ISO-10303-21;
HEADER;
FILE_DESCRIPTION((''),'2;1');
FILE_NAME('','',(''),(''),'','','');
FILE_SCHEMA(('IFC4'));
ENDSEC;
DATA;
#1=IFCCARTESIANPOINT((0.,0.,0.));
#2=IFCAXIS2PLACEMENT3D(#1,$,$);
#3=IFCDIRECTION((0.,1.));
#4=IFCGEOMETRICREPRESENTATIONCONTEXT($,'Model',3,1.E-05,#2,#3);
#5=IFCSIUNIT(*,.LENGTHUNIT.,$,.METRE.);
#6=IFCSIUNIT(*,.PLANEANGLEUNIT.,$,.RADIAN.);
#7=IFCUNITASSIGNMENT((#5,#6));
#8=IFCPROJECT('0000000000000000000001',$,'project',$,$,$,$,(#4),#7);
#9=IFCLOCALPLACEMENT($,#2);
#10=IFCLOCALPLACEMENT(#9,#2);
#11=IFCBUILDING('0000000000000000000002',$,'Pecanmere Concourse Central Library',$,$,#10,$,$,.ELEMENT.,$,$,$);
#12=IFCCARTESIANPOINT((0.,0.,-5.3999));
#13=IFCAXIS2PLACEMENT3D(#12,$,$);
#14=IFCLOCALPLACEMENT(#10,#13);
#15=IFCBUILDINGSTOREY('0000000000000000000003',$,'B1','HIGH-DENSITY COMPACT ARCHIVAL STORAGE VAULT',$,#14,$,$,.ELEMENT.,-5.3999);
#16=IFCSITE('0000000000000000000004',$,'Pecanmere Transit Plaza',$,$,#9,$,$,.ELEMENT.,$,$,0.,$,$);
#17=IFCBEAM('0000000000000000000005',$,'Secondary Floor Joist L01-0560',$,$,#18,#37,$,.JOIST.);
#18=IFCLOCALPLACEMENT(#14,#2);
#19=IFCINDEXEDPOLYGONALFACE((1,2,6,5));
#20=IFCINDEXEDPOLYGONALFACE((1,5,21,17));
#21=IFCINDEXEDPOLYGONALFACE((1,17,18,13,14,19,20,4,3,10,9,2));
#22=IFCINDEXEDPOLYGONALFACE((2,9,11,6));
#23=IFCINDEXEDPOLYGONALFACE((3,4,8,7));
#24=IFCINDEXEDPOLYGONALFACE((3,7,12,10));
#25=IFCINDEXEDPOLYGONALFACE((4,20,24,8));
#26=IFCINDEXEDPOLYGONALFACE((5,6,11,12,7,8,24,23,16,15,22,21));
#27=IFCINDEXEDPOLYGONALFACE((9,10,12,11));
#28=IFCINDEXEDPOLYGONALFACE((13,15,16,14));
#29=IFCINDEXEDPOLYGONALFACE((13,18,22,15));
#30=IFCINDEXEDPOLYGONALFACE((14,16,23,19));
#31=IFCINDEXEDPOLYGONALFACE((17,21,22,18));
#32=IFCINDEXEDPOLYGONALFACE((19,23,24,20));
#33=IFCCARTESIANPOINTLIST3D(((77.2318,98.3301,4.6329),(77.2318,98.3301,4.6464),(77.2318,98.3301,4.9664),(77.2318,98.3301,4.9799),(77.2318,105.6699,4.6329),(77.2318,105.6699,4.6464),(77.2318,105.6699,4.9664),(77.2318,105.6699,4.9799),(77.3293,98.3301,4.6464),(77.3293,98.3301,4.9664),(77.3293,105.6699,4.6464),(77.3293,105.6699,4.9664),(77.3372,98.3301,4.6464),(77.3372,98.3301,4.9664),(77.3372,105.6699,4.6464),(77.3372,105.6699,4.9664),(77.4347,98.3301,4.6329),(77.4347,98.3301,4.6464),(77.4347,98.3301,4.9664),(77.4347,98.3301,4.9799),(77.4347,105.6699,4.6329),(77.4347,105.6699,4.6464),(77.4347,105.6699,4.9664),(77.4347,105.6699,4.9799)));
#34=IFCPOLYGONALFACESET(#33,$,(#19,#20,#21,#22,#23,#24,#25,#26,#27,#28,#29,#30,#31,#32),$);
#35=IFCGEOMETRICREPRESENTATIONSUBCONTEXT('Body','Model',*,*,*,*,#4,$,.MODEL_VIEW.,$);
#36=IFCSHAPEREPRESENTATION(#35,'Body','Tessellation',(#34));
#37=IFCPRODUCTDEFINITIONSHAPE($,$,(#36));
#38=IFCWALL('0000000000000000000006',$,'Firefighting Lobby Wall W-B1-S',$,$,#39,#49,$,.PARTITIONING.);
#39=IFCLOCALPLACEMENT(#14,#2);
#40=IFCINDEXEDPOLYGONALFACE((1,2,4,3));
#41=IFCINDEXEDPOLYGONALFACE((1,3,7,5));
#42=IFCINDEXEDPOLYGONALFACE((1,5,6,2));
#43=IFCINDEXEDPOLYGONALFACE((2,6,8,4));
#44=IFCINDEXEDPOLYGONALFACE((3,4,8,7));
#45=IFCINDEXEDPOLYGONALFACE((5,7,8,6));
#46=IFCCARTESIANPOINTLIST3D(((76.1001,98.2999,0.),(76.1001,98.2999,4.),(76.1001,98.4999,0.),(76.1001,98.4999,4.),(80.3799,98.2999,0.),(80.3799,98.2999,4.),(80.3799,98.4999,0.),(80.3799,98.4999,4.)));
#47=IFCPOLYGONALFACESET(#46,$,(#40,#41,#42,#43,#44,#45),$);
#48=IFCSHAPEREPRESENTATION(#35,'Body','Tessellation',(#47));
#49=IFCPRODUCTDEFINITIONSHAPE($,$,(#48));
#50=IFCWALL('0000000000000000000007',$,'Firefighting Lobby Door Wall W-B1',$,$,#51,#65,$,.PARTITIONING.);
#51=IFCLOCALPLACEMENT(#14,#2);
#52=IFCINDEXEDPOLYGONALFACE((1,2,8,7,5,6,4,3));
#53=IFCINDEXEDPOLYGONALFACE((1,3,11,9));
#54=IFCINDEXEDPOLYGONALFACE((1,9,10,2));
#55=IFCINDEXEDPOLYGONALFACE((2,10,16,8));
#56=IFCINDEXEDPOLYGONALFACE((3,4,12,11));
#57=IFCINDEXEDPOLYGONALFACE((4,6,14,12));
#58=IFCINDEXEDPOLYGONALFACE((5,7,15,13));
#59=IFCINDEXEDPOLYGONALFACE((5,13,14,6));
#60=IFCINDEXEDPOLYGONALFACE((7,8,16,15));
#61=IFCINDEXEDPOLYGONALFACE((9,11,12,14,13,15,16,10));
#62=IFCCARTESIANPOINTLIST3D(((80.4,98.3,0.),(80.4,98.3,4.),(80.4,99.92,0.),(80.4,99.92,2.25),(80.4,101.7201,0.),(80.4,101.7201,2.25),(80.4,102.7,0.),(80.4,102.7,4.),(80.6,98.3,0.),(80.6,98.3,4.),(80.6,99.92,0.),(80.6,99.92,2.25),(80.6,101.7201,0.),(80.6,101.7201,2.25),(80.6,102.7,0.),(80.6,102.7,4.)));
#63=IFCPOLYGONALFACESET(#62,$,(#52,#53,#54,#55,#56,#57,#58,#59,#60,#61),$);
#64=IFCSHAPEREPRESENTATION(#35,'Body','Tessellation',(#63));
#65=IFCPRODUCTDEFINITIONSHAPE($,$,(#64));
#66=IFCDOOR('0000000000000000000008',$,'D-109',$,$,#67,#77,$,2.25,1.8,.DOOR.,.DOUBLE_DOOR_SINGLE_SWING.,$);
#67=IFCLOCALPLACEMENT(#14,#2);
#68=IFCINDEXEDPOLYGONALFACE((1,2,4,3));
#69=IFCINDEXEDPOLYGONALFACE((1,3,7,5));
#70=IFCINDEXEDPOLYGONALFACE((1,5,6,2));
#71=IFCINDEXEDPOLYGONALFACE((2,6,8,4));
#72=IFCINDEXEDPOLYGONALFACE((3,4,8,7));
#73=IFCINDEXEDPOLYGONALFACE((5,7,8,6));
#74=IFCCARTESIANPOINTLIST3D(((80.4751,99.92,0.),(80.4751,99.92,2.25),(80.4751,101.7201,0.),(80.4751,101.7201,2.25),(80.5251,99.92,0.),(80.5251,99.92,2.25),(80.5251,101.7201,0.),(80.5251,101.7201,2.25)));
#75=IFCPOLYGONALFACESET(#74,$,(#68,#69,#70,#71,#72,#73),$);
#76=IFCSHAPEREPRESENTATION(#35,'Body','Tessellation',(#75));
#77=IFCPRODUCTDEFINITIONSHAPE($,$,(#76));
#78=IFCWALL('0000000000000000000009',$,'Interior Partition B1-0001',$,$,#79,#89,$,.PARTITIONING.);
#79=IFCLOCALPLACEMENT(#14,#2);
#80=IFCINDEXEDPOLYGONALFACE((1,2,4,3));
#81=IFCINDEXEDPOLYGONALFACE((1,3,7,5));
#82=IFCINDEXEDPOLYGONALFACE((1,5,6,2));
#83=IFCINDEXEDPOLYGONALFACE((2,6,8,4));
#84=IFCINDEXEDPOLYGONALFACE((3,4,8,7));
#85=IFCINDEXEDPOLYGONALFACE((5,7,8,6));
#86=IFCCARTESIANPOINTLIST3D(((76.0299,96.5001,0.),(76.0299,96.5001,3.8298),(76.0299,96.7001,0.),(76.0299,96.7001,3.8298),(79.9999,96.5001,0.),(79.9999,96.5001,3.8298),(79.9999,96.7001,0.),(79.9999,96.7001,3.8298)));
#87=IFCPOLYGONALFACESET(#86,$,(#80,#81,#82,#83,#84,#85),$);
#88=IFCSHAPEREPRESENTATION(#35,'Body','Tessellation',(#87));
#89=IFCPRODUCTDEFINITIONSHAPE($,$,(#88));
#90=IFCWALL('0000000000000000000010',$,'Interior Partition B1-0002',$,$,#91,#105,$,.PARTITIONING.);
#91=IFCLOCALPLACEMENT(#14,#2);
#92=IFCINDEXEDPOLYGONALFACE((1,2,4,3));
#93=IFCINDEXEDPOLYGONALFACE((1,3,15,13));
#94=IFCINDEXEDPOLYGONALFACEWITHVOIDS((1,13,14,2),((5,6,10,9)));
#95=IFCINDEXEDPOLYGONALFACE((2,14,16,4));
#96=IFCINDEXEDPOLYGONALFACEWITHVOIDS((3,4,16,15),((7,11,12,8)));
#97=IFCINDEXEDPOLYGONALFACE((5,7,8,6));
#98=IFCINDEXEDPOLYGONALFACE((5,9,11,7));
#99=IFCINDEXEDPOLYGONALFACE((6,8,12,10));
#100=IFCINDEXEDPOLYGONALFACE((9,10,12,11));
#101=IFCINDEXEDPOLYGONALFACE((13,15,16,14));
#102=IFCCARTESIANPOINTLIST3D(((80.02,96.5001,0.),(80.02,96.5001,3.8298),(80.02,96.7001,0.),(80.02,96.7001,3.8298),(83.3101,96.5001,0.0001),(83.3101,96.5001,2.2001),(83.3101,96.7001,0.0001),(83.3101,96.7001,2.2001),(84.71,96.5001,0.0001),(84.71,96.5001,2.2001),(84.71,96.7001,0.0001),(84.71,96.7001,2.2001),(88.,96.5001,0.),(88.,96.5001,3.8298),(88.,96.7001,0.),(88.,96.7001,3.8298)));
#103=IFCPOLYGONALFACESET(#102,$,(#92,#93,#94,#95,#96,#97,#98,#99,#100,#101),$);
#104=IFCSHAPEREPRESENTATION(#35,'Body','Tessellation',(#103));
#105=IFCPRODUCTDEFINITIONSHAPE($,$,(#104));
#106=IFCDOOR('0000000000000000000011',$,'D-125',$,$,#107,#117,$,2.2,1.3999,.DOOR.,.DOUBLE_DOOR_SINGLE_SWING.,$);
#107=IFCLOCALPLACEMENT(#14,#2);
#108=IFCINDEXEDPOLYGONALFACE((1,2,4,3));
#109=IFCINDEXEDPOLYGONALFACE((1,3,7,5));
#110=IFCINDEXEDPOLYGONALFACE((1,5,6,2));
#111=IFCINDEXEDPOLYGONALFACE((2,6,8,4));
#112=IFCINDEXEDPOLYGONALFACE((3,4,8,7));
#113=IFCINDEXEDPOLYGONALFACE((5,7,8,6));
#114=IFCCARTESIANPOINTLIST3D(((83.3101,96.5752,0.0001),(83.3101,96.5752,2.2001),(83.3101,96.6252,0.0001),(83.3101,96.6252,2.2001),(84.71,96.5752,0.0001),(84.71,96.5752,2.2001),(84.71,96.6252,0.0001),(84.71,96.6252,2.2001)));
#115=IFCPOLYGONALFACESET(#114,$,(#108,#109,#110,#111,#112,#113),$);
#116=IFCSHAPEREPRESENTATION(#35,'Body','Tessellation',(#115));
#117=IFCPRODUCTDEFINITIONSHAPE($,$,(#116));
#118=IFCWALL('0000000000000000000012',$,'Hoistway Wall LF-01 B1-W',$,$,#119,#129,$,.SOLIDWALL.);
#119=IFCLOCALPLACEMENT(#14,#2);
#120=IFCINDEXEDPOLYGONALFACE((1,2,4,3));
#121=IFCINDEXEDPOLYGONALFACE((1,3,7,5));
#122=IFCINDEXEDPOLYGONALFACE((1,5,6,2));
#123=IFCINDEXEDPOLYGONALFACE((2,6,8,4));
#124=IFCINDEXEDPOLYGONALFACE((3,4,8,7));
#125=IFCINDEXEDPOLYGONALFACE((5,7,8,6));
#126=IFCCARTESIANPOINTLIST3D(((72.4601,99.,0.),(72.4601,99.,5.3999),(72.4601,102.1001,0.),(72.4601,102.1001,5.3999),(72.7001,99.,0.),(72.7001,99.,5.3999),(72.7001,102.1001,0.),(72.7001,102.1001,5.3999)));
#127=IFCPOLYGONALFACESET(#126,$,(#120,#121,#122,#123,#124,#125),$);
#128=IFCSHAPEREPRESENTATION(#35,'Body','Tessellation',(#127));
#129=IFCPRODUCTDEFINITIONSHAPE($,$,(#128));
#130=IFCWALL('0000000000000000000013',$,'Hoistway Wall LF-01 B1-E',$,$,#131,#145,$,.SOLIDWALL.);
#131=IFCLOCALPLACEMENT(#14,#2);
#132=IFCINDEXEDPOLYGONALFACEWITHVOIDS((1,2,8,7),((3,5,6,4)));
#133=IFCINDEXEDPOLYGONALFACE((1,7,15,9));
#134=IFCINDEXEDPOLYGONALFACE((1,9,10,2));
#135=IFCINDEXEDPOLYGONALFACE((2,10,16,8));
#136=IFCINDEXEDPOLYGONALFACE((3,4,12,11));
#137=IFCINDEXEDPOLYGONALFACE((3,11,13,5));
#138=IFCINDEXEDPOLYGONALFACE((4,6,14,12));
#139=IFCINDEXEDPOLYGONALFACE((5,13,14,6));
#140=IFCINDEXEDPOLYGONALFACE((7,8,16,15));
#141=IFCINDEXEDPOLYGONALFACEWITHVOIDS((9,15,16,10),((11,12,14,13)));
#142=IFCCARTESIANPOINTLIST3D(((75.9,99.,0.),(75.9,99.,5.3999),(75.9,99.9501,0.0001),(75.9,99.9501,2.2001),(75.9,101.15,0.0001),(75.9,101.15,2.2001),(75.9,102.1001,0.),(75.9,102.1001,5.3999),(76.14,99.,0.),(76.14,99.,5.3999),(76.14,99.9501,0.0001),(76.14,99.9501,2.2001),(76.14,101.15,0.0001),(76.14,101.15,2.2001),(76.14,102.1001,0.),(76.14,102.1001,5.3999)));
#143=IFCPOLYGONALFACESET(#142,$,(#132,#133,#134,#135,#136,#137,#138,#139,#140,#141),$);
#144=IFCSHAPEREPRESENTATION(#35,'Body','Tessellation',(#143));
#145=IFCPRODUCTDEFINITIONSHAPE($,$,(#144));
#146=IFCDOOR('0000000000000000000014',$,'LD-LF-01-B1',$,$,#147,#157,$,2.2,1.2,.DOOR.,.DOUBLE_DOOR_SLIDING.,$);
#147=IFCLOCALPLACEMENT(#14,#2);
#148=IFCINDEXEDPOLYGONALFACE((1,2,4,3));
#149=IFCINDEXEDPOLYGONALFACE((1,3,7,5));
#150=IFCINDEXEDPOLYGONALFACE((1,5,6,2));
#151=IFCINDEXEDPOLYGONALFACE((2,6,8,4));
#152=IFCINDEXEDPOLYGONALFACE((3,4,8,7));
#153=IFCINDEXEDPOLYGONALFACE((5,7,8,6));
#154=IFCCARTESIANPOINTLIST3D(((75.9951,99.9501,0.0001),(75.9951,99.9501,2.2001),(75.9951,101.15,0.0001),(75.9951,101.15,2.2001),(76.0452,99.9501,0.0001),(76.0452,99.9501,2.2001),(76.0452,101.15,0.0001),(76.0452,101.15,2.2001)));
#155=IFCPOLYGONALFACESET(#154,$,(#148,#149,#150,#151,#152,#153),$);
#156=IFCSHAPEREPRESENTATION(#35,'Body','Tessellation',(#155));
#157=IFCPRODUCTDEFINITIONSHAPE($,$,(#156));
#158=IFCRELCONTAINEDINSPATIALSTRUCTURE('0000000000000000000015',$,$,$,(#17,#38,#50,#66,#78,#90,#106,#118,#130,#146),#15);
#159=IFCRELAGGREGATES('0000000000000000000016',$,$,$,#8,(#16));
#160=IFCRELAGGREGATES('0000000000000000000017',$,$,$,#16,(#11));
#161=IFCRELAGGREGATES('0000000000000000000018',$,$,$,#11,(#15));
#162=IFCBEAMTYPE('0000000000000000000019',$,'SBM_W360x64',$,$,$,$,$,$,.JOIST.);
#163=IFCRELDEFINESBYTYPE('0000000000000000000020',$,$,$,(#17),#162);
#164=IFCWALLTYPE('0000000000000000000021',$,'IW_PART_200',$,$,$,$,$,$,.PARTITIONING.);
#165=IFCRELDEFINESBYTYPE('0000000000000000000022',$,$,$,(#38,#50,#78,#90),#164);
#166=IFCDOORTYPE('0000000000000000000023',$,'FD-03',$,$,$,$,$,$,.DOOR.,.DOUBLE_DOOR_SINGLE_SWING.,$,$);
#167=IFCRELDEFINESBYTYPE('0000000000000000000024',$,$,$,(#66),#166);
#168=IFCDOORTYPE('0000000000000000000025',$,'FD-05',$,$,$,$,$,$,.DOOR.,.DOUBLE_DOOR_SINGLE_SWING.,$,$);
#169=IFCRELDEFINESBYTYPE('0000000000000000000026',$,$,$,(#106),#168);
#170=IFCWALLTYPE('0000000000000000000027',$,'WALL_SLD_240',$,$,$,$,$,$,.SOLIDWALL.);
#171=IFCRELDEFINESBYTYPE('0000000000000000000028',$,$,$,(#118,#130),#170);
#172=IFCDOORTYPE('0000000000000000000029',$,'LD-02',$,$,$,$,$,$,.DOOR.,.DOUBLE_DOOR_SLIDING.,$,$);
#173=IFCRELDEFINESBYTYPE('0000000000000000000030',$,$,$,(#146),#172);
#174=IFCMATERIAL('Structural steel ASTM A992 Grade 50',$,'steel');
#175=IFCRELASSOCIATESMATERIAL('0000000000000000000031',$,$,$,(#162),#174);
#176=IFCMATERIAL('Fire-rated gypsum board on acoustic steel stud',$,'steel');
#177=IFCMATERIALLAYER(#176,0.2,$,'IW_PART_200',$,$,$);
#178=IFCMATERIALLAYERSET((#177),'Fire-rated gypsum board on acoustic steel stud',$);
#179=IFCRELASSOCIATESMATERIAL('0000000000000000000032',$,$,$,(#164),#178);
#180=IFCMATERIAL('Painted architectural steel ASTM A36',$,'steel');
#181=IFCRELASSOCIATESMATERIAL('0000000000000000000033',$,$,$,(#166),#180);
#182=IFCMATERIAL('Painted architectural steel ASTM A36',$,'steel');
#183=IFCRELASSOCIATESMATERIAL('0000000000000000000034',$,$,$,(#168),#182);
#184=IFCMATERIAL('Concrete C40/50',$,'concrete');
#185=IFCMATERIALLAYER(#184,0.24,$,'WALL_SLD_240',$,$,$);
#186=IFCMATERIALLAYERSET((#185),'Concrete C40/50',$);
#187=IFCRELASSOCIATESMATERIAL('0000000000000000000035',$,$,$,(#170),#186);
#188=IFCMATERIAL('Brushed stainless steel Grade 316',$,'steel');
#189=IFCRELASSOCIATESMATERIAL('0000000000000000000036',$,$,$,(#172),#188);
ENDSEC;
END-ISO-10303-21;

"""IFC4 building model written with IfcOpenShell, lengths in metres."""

from ifc_helpers import new_model, si_unit, direction, frame, frame_2d, origin, origin_2d, place, context, subcontext, project, spatial, rectangle, i_section, extrude, material, layer, layer_set, material_profile, profile_set, type_object, element, fill, save


model = new_model("IFC4")

# Units and contexts
model_context = context("Model", 3, precision=1e-05, world=origin(), true_north=direction((0.0, 1.0)))
body_context = subcontext(model_context, "Body", "Model", "MODEL_VIEW")
ifc_project = project(units=[si_unit("LENGTHUNIT", "METRE"), si_unit("PLANEANGLEUNIT", "RADIAN")], contexts=[model_context])

# Site, building, storey
site_placement = place(None, origin())
site = spatial("IfcSite", under=ifc_project, at=site_placement, Name="Pecanmere Transit Plaza", CompositionType="ELEMENT", RefElevation=0.0)
building_placement = place(site_placement, origin())
building = spatial("IfcBuilding", under=site, at=building_placement, Name="Pecanmere Concourse Central Library", CompositionType="ELEMENT")
storey_placement = place(building_placement, frame((0.0, 0.0, -5.3999)))
storey = spatial("IfcBuildingStorey", under=building, at=storey_placement, Name="B1", Description="HIGH-DENSITY COMPACT ARCHIVAL STORAGE VAULT", CompositionType="ELEMENT", Elevation=-5.3999)

# Beam
ifc_material_1 = material(Name="Structural steel ASTM A992 Grade 50", Category="steel")
ifc_material_profile_1 = material_profile(ifc_material_1, i_section(OverallWidth=0.2029, OverallDepth=0.3469, WebThickness=0.0078, FlangeThickness=0.0134, at=origin_2d()), Name="W360x64")
ifc_profile_set_1 = profile_set([ifc_material_profile_1], Name="Structural steel ASTM A992 Grade 50")
beam_type_1 = type_object("IfcBeamType", Name="SBM_W360x64", PredefinedType="JOIST", material=ifc_profile_set_1)
beam_1_placement = place(storey_placement, frame((77.3333, 98.3301, 4.8064), z_axis=(0.0, 1.0, 0.0), x_axis=(-1.0, 0.0, 0.0)))
element("IfcBeam", 1, at=beam_1_placement, inside=storey, type_object=beam_type_1, Name="Secondary Floor Joist L01-0560", PredefinedType="JOIST", context=body_context, shape_type="SweptSolid", body=[
    extrude(i_section(OverallWidth=0.2029, OverallDepth=0.3469, WebThickness=0.0078, FlangeThickness=0.0134, at=origin_2d()), origin(), (0.0, 0.0, 1.0), 7.3398),
])

# Wall
ifc_material_2 = material(Name="Fire-rated gypsum board on acoustic steel stud", Category="steel")
ifc_layer_1 = layer(ifc_material_2, 0.2, Name="IW_PART_200")
ifc_layer_set_1 = layer_set([ifc_layer_1], Name="Fire-rated gypsum board on acoustic steel stud")
wall_type_1 = type_object("IfcWallType", Name="IW_PART_200", PredefinedType="PARTITIONING", material=ifc_layer_set_1)
wall_1_placement = place(storey_placement, frame((76.1001, 98.3999, 0.0), z_axis=(0.0, 0.0, 1.0), x_axis=(1.0, 0.0, 0.0)))
element("IfcWall", 2, at=wall_1_placement, inside=storey, type_object=wall_type_1, Name="Firefighting Lobby Wall W-B1-S", PredefinedType="PARTITIONING", context=body_context, shape_type="SweptSolid", body=[
    extrude(rectangle(XDim=4.2798, YDim=0.2, at=frame_2d((2.1399, 0.0))), origin(), (0.0, 0.0, 1.0), 4.0),
])

# Wall, opening, door
wall_2_placement = place(storey_placement, frame((80.5, 98.3, 0.0), z_axis=(0.0, 0.0, 1.0), x_axis=(0.0, 1.0, 0.0)))
wall_2 = element("IfcWall", 3, at=wall_2_placement, inside=storey, type_object=wall_type_1, Name="Firefighting Lobby Door Wall W-B1", PredefinedType="PARTITIONING", context=body_context, shape_type="SweptSolid", body=[
    extrude(rectangle(XDim=4.3999, YDim=0.2, at=frame_2d((2.2, 0.0))), origin(), (0.0, 0.0, 1.0), 4.0),
])
opening_1_placement = place(wall_2_placement, frame((1.6201, 0.0, 0.0)))
opening_1 = element("IfcOpeningElement", 4, at=opening_1_placement, cuts=wall_2, PredefinedType="OPENING", context=body_context, shape_type="SweptSolid", body=[
    extrude(rectangle(XDim=1.8, YDim=2.25, at=frame_2d((0.8999, 1.125))), frame((0.0, 0.1118, 0.0), z_axis=(0.0, -1.0, 0.0), x_axis=(1.0, 0.0, 0.0)), (0.0, 0.0, 1.0), 0.2239),
])
ifc_material_3 = material(Name="Painted architectural steel ASTM A36", Category="steel")
door_type_1 = type_object("IfcDoorType", Name="FD-03", OperationType="DOUBLE_DOOR_SINGLE_SWING", PredefinedType="DOOR", material=ifc_material_3)
door_1_placement = place(opening_1_placement, origin())
door_1 = element("IfcDoor", 5, at=door_1_placement, inside=storey, type_object=door_type_1, Name="D-109", OperationType="DOUBLE_DOOR_SINGLE_SWING", OverallHeight=2.25, OverallWidth=1.8, PredefinedType="DOOR", context=body_context, shape_type="SweptSolid", body=[
    extrude(rectangle(XDim=1.8, YDim=2.25, at=frame_2d((0.8999, 1.125))), frame((0.0, 0.0249, 0.0), z_axis=(0.0, -1.0, 0.0), x_axis=(1.0, 0.0, 0.0)), (0.0, 0.0, 1.0), 0.05),
])
fill(opening_1, door_1)

# Wall
wall_3_placement = place(storey_placement, frame((76.03, 96.6001, 0.0), z_axis=(0.0, 0.0, 1.0), x_axis=(1.0, 0.0, 0.0)))
element("IfcWall", 6, at=wall_3_placement, inside=storey, type_object=wall_type_1, Name="Interior Partition B1-0001", PredefinedType="PARTITIONING", context=body_context, shape_type="SweptSolid", body=[
    extrude(rectangle(XDim=3.97, YDim=0.2, at=frame_2d((1.9849, 0.0))), origin(), (0.0, 0.0, 1.0), 3.8298),
])

# Wall, opening, door
wall_4_placement = place(storey_placement, frame((80.02, 96.6001, 0.0), z_axis=(0.0, 0.0, 1.0), x_axis=(1.0, 0.0, 0.0)))
wall_4 = element("IfcWall", 7, at=wall_4_placement, inside=storey, type_object=wall_type_1, Name="Interior Partition B1-0002", PredefinedType="PARTITIONING", context=body_context, shape_type="SweptSolid", body=[
    extrude(rectangle(XDim=7.98, YDim=0.2, at=frame_2d((3.99, 0.0))), origin(), (0.0, 0.0, 1.0), 3.8298),
])
opening_2_placement = place(wall_4_placement, frame((3.29, 0.0, 0.0)))
opening_2 = element("IfcOpeningElement", 8, at=opening_2_placement, cuts=wall_4, PredefinedType="OPENING", context=body_context, shape_type="SweptSolid", body=[
    extrude(rectangle(XDim=1.3999, YDim=2.2, at=frame_2d((0.7, 1.1001))), frame((0.0, 0.1118, 0.0), z_axis=(0.0, -1.0, 0.0), x_axis=(1.0, 0.0, 0.0)), (0.0, 0.0, 1.0), 0.2239),
])
ifc_material_4 = material(Name="Painted architectural steel ASTM A36", Category="steel")
door_type_2 = type_object("IfcDoorType", Name="FD-05", OperationType="DOUBLE_DOOR_SINGLE_SWING", PredefinedType="DOOR", material=ifc_material_4)
door_2_placement = place(opening_2_placement, frame((1.3999, 0.0, 0.0), z_axis=(0.0, 0.0, 1.0), x_axis=(-1.0, 0.0, 0.0)))
door_2 = element("IfcDoor", 9, at=door_2_placement, inside=storey, type_object=door_type_2, Name="D-125", OperationType="DOUBLE_DOOR_SINGLE_SWING", OverallHeight=2.2, OverallWidth=1.3999, PredefinedType="DOOR", context=body_context, shape_type="SweptSolid", body=[
    extrude(rectangle(XDim=1.3999, YDim=2.2, at=frame_2d((0.7, 1.1001))), frame((0.0, 0.0249, 0.0), z_axis=(0.0, -1.0, 0.0), x_axis=(1.0, 0.0, 0.0)), (0.0, 0.0, 1.0), 0.05),
])
fill(opening_2, door_2)

# Wall
ifc_material_5 = material(Name="Concrete C40/50", Category="concrete")
ifc_layer_2 = layer(ifc_material_5, 0.24, Name="WALL_SLD_240")
ifc_layer_set_2 = layer_set([ifc_layer_2], Name="Concrete C40/50")
wall_type_2 = type_object("IfcWallType", Name="WALL_SLD_240", PredefinedType="SOLIDWALL", material=ifc_layer_set_2)
wall_5_placement = place(storey_placement, frame((72.5801, 99.0, 0.0), z_axis=(0.0, 0.0, 1.0), x_axis=(0.0, 1.0, 0.0)))
element("IfcWall", 10, at=wall_5_placement, inside=storey, type_object=wall_type_2, Name="Hoistway Wall LF-01 B1-W", PredefinedType="SOLIDWALL", context=body_context, shape_type="SweptSolid", body=[
    extrude(rectangle(XDim=3.1001, YDim=0.24, at=frame_2d((1.55, 0.0))), origin(), (0.0, 0.0, 1.0), 5.3999),
])

# Wall, opening, door
wall_6_placement = place(storey_placement, frame((76.02, 99.0, 0.0), z_axis=(0.0, 0.0, 1.0), x_axis=(0.0, 1.0, 0.0)))
wall_6 = element("IfcWall", 11, at=wall_6_placement, inside=storey, type_object=wall_type_2, Name="Hoistway Wall LF-01 B1-E", PredefinedType="SOLIDWALL", context=body_context, shape_type="SweptSolid", body=[
    extrude(rectangle(XDim=3.1001, YDim=0.24, at=frame_2d((1.55, 0.0))), origin(), (0.0, 0.0, 1.0), 5.3999),
])
opening_3_placement = place(wall_6_placement, frame((0.95, 0.0, 0.0)))
opening_3 = element("IfcOpeningElement", 12, at=opening_3_placement, cuts=wall_6, PredefinedType="OPENING", context=body_context, shape_type="SweptSolid", body=[
    extrude(rectangle(XDim=1.2, YDim=2.2, at=frame_2d((0.6001, 1.1001))), frame((0.0, 0.1318, 0.0), z_axis=(0.0, -1.0, 0.0), x_axis=(1.0, 0.0, 0.0)), (0.0, 0.0, 1.0), 0.2639),
])
ifc_material_6 = material(Name="Brushed stainless steel Grade 316", Category="steel")
door_type_3 = type_object("IfcDoorType", Name="LD-02", OperationType="DOUBLE_DOOR_SLIDING", PredefinedType="DOOR", material=ifc_material_6)
door_3_placement = place(opening_3_placement, origin())
door_3 = element("IfcDoor", 13, at=door_3_placement, inside=storey, type_object=door_type_3, Name="LD-LF-01-B1", OperationType="DOUBLE_DOOR_SLIDING", OverallHeight=2.2, OverallWidth=1.2, PredefinedType="DOOR", context=body_context, shape_type="SweptSolid", body=[
    extrude(rectangle(XDim=1.2, YDim=2.2, at=frame_2d((0.6001, 1.1001))), frame((0.0, 0.0249, 0.0), z_axis=(0.0, -1.0, 0.0), x_axis=(1.0, 0.0, 0.0)), (0.0, 0.0, 1.0), 0.05),
])
fill(opening_3, door_3)

save(model, "model.ifc")
